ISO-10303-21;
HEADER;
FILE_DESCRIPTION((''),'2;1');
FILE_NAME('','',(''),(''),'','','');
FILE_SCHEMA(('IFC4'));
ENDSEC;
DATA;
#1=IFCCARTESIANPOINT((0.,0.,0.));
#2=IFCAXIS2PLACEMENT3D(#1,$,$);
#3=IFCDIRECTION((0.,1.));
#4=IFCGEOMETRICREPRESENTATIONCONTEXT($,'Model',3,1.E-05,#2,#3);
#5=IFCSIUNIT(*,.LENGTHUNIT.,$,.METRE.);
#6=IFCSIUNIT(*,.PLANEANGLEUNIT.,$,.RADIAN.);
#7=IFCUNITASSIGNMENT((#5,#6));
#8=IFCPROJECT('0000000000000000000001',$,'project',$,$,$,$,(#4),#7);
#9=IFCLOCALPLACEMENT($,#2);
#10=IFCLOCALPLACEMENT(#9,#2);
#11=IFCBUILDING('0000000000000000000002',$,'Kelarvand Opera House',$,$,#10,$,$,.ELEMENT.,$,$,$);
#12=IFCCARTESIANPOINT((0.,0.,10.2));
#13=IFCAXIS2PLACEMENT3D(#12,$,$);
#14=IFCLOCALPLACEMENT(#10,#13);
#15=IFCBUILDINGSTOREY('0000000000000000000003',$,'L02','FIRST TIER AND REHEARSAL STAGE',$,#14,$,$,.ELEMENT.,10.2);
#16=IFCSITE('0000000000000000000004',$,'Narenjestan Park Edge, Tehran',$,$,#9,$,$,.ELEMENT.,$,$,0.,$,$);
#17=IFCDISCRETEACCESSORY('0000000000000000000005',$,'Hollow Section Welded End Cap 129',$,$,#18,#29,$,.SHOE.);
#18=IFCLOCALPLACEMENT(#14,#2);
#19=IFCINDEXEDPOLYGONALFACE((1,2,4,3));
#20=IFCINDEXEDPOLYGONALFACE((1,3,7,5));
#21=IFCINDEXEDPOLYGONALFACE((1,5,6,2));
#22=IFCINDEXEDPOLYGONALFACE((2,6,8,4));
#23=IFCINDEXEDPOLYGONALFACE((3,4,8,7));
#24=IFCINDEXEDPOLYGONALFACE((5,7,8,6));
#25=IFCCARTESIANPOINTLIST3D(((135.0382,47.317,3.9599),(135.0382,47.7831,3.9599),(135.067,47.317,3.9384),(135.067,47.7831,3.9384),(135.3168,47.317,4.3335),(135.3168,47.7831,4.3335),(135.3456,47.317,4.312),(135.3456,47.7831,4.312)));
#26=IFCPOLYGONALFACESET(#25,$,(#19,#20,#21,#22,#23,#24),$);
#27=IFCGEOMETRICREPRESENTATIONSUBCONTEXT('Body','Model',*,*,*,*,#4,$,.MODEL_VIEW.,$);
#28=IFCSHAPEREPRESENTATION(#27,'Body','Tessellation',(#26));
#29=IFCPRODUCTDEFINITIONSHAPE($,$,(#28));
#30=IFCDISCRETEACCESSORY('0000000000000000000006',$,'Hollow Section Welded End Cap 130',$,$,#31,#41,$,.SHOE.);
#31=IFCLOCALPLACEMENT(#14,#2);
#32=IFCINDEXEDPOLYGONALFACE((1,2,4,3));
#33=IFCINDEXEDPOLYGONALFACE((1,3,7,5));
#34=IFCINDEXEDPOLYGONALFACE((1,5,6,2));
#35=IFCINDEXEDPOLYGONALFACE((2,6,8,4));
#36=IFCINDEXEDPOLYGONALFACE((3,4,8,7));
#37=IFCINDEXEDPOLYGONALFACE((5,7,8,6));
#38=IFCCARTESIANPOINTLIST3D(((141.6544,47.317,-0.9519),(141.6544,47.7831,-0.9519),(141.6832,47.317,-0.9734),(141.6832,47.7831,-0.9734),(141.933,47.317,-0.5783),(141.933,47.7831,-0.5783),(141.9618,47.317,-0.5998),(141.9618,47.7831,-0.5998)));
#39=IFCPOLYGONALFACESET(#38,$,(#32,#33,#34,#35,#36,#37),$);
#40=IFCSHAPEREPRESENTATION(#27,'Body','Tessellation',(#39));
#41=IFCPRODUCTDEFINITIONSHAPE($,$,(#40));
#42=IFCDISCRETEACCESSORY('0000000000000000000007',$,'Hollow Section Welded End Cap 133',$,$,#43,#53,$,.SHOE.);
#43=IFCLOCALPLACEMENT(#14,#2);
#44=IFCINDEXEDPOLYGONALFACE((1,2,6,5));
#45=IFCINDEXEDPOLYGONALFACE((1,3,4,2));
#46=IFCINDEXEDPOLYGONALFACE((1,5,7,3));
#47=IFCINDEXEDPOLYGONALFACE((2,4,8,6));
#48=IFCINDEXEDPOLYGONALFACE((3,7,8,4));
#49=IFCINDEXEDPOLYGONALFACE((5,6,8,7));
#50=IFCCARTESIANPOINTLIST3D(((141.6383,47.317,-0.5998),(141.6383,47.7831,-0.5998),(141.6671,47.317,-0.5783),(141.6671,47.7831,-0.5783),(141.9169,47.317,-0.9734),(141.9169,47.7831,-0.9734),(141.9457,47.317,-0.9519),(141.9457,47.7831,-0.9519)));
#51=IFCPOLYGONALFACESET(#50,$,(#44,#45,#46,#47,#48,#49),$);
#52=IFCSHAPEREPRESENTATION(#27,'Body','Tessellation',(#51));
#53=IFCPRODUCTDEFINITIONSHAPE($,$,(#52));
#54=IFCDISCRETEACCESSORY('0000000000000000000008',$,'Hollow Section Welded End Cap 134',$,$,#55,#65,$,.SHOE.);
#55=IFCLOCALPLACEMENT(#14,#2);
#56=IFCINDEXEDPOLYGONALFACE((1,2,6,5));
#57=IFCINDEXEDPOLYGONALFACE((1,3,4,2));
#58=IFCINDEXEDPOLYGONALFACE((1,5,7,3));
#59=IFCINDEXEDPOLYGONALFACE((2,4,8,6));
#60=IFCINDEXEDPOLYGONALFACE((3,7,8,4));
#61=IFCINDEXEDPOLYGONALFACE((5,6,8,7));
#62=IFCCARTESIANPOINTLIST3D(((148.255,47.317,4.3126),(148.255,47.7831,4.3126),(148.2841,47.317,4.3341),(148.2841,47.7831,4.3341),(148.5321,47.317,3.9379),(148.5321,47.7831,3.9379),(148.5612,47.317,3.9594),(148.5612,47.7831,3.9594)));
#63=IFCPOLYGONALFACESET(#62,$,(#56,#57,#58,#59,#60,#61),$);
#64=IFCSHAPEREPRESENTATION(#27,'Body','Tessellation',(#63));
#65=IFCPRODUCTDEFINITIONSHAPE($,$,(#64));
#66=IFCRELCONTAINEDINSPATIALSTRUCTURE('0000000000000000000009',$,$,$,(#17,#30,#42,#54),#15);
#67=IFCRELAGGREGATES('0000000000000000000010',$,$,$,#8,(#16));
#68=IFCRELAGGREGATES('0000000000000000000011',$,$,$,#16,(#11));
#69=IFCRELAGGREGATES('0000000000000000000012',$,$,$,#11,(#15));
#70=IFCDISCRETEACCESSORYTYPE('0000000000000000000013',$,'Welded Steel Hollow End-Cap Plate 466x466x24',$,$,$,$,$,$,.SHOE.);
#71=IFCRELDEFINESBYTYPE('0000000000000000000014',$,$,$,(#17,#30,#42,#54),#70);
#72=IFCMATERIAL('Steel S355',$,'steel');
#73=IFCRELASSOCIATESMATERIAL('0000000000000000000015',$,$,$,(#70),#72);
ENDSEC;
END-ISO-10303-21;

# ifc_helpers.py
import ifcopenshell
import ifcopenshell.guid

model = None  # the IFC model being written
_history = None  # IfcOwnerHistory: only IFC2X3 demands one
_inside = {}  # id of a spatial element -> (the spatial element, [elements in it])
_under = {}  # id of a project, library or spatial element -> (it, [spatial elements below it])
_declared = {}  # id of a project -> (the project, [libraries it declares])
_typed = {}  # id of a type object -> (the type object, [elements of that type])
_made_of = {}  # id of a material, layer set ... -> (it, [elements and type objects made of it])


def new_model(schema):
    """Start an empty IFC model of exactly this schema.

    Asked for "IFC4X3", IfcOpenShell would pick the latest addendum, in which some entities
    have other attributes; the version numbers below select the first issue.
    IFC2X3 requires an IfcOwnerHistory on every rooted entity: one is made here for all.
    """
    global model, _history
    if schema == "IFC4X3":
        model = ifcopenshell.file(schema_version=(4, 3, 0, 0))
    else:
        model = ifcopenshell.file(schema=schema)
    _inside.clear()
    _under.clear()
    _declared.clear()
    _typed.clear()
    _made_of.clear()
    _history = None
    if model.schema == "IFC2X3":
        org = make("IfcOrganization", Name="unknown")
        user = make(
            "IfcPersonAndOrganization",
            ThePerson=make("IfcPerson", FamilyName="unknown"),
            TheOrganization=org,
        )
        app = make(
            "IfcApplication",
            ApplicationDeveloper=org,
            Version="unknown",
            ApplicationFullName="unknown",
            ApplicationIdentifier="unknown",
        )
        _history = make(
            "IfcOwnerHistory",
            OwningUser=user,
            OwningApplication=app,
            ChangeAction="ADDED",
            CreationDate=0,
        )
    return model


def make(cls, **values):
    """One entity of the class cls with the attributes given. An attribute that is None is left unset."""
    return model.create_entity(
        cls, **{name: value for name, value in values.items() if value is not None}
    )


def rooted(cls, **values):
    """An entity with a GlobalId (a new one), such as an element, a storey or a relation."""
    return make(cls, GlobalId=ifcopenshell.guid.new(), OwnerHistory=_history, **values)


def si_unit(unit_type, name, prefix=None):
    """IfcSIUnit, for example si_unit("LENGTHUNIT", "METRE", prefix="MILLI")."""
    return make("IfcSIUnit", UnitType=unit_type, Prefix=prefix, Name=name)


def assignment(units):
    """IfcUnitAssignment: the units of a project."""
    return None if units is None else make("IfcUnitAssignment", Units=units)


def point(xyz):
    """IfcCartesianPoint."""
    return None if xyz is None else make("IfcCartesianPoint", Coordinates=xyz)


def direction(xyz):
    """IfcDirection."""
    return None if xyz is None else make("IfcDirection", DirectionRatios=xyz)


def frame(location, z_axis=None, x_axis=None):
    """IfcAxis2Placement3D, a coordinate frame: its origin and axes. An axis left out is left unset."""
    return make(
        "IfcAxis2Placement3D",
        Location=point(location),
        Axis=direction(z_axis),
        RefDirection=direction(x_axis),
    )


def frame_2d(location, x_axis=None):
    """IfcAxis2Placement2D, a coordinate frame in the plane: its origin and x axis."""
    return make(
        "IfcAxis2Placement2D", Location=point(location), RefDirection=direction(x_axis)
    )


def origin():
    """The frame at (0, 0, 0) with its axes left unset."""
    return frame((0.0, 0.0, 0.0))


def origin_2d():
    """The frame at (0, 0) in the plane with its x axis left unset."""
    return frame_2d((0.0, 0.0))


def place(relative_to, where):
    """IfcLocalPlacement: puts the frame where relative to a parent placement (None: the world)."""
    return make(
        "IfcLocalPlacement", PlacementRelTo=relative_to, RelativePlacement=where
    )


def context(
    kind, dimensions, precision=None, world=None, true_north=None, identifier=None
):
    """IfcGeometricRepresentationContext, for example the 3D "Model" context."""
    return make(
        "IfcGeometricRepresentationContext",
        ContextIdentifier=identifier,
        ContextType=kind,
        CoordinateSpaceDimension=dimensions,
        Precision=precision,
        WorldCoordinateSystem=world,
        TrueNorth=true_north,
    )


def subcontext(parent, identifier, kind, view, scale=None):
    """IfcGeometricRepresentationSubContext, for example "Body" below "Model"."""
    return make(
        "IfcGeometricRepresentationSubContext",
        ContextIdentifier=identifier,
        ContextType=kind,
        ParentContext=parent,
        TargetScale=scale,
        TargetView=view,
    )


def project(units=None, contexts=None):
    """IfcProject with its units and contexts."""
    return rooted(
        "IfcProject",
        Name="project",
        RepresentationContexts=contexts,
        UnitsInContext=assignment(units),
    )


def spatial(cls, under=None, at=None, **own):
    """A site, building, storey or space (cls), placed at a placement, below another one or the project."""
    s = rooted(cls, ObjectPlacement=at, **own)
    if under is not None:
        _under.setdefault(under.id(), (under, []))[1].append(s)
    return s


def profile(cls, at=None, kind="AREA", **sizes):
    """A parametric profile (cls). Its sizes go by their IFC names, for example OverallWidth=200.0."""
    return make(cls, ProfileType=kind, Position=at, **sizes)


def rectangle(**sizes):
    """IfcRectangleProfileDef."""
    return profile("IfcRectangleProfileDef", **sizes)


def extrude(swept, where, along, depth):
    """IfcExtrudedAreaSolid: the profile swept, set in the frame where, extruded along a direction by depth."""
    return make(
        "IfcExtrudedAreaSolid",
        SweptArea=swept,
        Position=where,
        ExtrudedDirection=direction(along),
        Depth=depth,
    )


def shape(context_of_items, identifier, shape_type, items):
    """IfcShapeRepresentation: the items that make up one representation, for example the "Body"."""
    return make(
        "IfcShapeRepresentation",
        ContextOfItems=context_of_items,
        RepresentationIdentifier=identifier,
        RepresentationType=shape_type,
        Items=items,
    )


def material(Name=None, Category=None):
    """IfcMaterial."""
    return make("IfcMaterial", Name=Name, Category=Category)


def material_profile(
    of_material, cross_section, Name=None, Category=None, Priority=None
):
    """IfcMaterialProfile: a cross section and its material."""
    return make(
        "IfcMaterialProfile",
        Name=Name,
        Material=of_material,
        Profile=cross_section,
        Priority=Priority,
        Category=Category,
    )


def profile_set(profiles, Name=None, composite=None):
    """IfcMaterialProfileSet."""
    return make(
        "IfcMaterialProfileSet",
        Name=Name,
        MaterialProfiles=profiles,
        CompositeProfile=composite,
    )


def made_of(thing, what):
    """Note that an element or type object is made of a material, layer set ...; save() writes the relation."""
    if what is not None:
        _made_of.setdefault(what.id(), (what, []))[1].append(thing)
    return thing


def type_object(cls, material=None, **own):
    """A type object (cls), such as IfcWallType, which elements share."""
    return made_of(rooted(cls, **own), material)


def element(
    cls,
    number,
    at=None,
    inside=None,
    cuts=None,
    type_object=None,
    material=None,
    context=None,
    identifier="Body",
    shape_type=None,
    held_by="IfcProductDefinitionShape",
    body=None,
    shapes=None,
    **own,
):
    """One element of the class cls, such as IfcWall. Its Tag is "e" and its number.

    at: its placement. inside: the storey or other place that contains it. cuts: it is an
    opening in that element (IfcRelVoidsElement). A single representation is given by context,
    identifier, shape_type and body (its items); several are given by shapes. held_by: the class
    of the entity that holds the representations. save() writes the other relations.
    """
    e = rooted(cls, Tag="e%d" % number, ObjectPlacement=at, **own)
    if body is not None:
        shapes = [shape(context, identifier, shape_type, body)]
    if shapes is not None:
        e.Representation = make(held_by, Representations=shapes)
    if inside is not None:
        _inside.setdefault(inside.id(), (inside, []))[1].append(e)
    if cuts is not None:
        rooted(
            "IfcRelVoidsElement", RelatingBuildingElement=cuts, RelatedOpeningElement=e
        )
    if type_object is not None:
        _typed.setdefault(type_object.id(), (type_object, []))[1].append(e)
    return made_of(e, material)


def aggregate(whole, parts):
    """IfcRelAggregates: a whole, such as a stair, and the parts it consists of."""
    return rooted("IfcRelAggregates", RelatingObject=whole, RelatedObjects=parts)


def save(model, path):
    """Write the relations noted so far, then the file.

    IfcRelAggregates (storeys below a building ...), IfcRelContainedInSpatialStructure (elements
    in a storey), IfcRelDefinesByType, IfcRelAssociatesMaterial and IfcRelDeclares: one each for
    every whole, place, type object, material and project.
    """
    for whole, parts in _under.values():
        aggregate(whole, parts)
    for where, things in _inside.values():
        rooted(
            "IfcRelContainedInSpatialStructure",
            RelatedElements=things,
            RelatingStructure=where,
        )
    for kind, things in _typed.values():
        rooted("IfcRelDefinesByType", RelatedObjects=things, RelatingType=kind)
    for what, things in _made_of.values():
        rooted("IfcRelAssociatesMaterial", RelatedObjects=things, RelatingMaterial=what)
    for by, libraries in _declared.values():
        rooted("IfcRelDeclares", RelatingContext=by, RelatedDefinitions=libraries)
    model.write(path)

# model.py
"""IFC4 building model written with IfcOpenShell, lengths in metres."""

from ifc_helpers import new_model, si_unit, direction, frame, origin, origin_2d, place, context, subcontext, project, spatial, rectangle, extrude, material, material_profile, profile_set, type_object, element, save


model = new_model("IFC4")

# Units and contexts
model_context = context("Model", 3, precision=1e-05, world=origin(), true_north=direction((0.0, 1.0)))
body_context = subcontext(model_context, "Body", "Model", "MODEL_VIEW")
ifc_project = project(units=[si_unit("LENGTHUNIT", "METRE"), si_unit("PLANEANGLEUNIT", "RADIAN")], contexts=[model_context])

# Site, building, storey
site_placement = place(None, origin())
site = spatial("IfcSite", under=ifc_project, at=site_placement, Name="Narenjestan Park Edge, Tehran", CompositionType="ELEMENT", RefElevation=0.0)
building_placement = place(site_placement, origin())
building = spatial("IfcBuilding", under=site, at=building_placement, Name="Kelarvand Opera House", CompositionType="ELEMENT")
storey_placement = place(building_placement, frame((0.0, 0.0, 10.2)))
storey = spatial("IfcBuildingStorey", under=building, at=storey_placement, Name="L02", Description="FIRST TIER AND REHEARSAL STAGE", CompositionType="ELEMENT", Elevation=10.2)

# Shared definitions
ifc_material_1 = material(Name="Steel S355", Category="steel")

# Discrete accessories
ifc_material_profile_1 = material_profile(ifc_material_1, rectangle(XDim=0.4661, YDim=0.4661, at=origin_2d()), Name="Welded Steel Hollow End-Cap Plate 466x466x24", Category="steel")
ifc_profile_set_1 = profile_set([ifc_material_profile_1], Name="Steel S355")
discrete_accessory_type = type_object("IfcDiscreteAccessoryType", Name="Welded Steel Hollow End-Cap Plate 466x466x24", PredefinedType="SHOE", material=ifc_profile_set_1)
for number, where, z_axis, x_axis, name in (
    (1, (135.2063, 47.55, 4.1252), (-0.801627, 0.0, 0.597824), (0.0, -1.0, 0.0), "Hollow Section Welded End Cap 129"),
    (2, (141.7937, 47.55, -0.7651), (0.801627, 0.0, -0.597824), (0.0, 1.0, 0.0), "Hollow Section Welded End Cap 130"),
    (3, (141.8064, 47.55, -0.7651), (-0.801627, 0.0, -0.597824), (0.0, -1.0, 0.0), "Hollow Section Welded End Cap 133"),
):
    element("IfcDiscreteAccessory", number, at=place(storey_placement, frame(where, z_axis=z_axis, x_axis=x_axis)), inside=storey, type_object=discrete_accessory_type, Name=name, PredefinedType="SHOE", context=body_context, shape_type="SweptSolid", body=[
        extrude(rectangle(XDim=0.4661, YDim=0.4661, at=origin_2d()), origin(), (0.0, 0.0, 1.0), 0.0359),
    ])
discrete_accessory_placement = place(storey_placement, frame((148.3936, 47.55, 4.1252), z_axis=(0.804036, 0.0, 0.594581), x_axis=(0.0, 1.0, 0.0)))
element("IfcDiscreteAccessory", 4, at=discrete_accessory_placement, inside=storey, type_object=discrete_accessory_type, Name="Hollow Section Welded End Cap 134", PredefinedType="SHOE", context=body_context, shape_type="SweptSolid", body=[
    extrude(rectangle(XDim=0.4661, YDim=0.4661, at=origin_2d()), origin(), (0.0, 0.0, 1.0), 0.0361),
])

save(model, "model.ifc")
